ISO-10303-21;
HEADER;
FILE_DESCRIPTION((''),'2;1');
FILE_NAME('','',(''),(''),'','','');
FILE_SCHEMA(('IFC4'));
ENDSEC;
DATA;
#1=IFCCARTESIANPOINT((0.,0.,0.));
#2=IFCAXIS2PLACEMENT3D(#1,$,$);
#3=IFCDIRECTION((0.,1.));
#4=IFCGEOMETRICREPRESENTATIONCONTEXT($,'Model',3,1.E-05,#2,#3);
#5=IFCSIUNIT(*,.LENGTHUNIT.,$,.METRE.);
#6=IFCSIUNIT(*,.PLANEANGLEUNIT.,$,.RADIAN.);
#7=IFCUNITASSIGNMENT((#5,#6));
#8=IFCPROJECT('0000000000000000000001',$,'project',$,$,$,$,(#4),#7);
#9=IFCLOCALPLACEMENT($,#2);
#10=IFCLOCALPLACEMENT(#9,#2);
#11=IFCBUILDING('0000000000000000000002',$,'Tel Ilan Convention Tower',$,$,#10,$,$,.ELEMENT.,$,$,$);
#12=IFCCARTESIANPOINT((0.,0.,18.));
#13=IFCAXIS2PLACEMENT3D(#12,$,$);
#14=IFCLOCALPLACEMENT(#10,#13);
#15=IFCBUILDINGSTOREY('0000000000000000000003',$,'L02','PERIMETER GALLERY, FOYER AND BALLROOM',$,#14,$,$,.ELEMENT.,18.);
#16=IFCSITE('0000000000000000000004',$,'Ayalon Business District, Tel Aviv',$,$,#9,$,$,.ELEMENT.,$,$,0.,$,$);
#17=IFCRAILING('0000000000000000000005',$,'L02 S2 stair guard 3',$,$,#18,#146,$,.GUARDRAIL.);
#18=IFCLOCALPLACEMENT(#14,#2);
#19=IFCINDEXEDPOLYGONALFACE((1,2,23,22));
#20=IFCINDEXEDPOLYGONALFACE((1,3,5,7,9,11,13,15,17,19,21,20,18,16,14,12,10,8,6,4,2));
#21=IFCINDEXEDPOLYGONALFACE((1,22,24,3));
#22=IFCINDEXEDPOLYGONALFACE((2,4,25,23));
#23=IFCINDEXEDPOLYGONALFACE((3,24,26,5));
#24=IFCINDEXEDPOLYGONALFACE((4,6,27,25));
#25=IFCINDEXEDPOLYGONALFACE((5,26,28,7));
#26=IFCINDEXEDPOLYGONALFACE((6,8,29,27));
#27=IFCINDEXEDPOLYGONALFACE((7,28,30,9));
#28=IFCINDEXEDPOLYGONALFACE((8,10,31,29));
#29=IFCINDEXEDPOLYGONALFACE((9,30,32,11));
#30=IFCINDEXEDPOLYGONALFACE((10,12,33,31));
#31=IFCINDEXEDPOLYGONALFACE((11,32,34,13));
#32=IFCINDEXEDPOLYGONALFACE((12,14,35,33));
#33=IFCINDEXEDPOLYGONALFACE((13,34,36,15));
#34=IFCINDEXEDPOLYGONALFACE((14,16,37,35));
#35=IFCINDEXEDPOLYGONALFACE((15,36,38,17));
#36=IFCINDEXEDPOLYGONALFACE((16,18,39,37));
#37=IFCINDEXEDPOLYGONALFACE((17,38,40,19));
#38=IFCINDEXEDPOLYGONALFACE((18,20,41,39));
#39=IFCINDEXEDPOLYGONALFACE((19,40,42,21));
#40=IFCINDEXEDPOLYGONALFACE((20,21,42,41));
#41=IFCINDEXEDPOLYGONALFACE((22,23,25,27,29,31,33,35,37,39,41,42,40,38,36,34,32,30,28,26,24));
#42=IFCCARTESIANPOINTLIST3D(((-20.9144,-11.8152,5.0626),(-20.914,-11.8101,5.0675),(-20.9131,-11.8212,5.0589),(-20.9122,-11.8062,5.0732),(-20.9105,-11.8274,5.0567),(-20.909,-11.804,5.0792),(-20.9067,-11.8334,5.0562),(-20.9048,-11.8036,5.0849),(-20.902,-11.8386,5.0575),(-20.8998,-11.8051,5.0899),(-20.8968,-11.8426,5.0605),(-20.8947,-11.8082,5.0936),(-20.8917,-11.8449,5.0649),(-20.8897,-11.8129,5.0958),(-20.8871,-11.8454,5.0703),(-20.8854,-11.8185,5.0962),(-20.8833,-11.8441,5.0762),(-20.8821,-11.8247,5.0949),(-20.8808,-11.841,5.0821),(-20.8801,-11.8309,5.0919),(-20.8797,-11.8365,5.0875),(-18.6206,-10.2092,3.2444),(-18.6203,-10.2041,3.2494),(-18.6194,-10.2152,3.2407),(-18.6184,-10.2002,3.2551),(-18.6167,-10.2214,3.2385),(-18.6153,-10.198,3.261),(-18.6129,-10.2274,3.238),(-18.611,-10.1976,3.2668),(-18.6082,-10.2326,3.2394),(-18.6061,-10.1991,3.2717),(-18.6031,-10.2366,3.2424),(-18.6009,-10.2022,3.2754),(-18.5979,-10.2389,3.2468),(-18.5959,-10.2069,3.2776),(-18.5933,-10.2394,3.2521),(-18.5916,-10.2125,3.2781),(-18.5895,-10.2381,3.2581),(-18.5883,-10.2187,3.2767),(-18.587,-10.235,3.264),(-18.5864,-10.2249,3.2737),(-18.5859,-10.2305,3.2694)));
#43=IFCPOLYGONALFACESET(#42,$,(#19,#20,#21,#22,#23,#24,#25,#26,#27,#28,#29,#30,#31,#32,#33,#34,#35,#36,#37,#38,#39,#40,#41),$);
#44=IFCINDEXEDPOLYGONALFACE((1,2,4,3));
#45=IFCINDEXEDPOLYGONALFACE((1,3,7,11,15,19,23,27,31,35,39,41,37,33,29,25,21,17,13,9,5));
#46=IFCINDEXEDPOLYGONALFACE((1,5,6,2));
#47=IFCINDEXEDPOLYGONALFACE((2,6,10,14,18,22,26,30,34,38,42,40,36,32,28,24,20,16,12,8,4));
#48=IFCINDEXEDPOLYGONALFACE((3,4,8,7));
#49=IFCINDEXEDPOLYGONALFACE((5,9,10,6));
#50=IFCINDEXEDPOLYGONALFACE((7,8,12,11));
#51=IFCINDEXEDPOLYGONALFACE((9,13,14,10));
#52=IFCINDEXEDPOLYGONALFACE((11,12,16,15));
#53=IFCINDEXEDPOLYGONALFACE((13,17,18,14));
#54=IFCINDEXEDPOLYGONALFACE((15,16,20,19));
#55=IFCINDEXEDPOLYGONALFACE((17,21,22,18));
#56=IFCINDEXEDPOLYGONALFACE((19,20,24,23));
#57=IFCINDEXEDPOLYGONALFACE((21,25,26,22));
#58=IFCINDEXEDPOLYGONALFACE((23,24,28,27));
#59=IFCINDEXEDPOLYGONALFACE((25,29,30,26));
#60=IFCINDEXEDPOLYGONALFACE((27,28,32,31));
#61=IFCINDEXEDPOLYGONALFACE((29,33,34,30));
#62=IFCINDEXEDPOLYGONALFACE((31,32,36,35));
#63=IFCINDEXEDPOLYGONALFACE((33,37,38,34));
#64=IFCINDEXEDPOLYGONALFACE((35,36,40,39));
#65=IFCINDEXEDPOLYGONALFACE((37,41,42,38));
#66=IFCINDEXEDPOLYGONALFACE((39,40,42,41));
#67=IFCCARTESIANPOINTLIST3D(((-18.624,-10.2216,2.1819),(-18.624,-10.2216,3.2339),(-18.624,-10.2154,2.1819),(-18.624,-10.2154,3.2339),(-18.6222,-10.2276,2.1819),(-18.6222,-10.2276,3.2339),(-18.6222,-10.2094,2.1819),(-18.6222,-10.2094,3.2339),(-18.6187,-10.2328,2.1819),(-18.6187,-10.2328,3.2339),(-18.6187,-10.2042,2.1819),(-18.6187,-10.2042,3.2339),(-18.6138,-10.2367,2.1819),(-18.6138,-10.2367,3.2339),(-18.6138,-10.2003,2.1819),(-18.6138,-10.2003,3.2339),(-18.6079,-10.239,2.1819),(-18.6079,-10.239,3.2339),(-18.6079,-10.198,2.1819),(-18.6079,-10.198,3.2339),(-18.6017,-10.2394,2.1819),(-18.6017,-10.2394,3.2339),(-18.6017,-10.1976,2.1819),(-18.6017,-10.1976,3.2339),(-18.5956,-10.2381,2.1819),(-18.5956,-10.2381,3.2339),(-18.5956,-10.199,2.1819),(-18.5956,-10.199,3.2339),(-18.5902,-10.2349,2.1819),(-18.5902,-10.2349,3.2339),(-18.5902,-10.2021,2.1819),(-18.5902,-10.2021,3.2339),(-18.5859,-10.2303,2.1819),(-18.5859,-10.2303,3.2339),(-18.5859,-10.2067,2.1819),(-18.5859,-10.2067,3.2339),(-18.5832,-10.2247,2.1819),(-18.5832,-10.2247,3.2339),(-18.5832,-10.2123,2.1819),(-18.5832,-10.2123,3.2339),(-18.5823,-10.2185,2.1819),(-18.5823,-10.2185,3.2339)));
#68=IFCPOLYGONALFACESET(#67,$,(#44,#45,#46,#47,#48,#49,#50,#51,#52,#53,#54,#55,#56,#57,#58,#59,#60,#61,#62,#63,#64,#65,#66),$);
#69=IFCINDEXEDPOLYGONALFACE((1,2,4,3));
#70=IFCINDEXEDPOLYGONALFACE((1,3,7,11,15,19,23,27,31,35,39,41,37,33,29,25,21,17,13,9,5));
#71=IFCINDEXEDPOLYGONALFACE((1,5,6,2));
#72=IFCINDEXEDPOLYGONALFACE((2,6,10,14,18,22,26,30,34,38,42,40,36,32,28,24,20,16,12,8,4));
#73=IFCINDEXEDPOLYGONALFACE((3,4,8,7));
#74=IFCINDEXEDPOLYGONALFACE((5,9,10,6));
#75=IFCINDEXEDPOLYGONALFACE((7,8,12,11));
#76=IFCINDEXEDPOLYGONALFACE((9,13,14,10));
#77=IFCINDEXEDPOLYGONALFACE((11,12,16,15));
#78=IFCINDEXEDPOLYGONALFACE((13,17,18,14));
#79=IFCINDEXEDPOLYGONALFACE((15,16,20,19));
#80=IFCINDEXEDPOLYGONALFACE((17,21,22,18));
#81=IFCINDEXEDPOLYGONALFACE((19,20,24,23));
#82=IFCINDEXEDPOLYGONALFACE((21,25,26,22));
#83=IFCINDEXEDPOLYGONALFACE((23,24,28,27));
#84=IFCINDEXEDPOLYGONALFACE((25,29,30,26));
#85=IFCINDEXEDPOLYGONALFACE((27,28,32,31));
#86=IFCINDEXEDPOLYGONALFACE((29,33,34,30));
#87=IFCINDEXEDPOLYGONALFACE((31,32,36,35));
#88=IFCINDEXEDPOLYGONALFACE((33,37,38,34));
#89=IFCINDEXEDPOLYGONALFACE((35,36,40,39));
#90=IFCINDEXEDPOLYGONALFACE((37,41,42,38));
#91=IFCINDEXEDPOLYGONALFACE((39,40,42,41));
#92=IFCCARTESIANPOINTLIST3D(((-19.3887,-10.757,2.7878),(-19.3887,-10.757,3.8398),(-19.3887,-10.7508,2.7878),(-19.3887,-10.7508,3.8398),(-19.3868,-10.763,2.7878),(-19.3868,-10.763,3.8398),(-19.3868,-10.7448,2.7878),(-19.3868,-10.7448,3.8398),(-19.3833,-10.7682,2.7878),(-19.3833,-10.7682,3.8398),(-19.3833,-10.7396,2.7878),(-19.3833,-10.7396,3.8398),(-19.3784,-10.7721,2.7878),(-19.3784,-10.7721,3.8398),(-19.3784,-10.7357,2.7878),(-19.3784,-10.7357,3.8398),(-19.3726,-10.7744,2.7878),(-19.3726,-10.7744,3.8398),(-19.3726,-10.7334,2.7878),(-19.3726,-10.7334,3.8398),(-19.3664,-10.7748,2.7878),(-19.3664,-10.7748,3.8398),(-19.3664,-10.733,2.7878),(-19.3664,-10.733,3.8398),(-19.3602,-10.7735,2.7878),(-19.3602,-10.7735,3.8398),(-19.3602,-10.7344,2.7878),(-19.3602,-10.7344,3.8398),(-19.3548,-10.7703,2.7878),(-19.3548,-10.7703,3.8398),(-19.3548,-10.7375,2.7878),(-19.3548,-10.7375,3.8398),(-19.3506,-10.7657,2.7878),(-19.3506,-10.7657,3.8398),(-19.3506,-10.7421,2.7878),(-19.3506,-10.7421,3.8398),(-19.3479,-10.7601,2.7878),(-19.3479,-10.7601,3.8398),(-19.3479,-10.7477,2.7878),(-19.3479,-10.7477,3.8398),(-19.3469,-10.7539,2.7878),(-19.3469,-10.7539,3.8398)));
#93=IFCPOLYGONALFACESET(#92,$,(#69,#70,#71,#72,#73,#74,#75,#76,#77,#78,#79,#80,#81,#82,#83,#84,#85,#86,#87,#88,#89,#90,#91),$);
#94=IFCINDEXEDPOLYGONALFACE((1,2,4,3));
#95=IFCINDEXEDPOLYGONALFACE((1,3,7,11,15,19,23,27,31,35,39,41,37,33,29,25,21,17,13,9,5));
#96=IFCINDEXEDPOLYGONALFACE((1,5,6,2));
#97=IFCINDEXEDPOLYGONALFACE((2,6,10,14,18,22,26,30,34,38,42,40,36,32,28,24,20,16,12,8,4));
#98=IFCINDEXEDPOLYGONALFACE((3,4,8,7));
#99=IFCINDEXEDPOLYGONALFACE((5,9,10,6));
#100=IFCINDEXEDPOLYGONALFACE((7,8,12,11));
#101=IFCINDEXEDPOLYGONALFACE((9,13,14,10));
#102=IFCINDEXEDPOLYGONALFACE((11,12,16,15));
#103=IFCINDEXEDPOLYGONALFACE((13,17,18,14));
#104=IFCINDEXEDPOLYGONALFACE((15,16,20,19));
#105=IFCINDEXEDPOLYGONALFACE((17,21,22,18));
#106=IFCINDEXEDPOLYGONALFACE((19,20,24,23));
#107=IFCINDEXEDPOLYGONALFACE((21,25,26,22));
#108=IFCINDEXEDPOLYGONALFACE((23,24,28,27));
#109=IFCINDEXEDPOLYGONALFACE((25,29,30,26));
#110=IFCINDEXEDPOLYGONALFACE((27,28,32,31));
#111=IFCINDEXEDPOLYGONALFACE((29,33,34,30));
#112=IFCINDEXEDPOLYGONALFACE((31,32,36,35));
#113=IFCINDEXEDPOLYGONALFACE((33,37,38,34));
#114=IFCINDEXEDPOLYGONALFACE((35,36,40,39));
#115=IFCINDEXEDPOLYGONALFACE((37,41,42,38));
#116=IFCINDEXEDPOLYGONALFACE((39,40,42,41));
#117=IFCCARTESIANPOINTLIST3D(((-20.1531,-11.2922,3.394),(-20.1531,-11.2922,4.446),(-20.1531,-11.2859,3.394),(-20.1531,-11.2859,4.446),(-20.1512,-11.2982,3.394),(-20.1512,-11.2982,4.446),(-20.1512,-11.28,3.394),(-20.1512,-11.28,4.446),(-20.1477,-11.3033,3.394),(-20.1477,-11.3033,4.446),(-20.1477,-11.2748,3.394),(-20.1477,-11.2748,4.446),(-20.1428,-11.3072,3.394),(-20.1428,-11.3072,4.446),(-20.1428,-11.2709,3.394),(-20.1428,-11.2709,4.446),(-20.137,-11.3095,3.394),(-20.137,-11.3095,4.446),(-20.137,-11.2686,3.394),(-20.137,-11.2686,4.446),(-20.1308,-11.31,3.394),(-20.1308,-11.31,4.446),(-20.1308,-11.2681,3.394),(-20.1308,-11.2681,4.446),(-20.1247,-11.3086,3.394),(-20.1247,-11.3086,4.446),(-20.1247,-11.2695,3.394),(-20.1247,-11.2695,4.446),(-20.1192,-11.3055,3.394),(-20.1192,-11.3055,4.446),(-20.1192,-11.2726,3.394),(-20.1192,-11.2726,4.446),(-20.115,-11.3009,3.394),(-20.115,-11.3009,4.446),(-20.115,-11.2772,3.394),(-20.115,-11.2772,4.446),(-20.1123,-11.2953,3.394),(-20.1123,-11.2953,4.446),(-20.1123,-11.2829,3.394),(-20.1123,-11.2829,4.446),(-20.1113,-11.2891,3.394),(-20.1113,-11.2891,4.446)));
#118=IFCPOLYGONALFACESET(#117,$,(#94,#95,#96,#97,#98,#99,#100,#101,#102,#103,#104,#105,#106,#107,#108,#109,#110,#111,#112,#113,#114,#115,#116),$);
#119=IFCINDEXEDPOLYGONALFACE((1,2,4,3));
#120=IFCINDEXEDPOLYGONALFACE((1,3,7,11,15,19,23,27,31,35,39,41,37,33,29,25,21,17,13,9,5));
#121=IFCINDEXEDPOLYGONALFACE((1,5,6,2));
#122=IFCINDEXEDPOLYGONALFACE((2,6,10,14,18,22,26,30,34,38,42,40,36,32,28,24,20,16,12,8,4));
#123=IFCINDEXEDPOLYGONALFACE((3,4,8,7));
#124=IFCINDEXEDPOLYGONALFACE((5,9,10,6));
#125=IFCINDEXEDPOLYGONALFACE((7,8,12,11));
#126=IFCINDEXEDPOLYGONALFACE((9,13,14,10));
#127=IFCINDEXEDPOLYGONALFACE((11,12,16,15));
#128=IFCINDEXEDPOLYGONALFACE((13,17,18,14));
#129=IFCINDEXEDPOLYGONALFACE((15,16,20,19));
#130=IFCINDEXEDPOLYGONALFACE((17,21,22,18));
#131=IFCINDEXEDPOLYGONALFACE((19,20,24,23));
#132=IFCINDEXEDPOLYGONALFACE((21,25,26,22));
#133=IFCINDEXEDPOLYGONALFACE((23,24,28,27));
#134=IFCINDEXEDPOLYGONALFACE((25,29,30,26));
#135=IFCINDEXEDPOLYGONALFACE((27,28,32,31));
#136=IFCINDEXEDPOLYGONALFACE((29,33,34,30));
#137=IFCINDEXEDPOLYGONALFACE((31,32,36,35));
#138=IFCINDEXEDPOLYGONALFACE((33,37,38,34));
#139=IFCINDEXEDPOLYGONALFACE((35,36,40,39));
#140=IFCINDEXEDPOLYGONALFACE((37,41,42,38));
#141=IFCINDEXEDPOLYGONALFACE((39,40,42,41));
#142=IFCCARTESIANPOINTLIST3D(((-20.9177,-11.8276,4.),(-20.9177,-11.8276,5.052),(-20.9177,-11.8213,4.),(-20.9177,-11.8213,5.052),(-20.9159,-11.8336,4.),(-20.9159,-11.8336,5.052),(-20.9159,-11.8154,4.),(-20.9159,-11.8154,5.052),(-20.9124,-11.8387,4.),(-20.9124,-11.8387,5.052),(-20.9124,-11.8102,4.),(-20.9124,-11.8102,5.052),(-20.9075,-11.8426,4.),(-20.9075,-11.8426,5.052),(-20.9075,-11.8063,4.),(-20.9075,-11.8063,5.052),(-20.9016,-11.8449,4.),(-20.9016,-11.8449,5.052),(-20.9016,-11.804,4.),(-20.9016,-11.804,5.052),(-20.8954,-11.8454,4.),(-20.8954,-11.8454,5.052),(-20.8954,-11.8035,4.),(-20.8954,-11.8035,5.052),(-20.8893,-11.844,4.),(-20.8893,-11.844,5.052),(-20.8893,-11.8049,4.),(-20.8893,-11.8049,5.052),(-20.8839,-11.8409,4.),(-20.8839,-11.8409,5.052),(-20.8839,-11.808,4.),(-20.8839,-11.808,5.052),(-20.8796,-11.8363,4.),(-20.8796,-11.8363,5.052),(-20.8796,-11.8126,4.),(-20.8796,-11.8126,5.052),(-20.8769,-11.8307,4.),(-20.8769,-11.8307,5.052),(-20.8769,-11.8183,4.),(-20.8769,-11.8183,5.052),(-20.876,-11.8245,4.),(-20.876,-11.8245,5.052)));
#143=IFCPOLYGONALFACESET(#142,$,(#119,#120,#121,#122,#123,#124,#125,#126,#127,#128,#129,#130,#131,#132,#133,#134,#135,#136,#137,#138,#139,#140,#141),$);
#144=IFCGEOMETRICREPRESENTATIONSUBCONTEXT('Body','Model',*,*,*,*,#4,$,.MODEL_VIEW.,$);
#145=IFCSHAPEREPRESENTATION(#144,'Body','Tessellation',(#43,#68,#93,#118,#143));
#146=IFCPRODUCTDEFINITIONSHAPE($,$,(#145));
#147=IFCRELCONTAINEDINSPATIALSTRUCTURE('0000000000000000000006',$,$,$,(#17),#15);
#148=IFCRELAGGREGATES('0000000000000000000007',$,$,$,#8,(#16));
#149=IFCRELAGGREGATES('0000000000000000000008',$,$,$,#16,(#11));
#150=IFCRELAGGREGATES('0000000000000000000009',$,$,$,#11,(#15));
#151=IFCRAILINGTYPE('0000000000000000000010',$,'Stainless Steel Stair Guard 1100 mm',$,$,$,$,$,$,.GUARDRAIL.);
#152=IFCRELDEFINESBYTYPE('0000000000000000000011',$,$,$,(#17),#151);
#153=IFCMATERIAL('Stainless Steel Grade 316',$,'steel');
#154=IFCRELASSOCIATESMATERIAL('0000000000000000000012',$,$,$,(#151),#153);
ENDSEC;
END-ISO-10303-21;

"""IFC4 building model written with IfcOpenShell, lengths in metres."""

from ifc_helpers import new_model, si_unit, direction, frame, origin, origin_2d, place, context, subcontext, project, spatial, circle, extrude, material, type_object, element, save


model = new_model("IFC4")

# Units and contexts
model_context = context("Model", 3, precision=1e-05, world=origin(), true_north=direction((0.0, 1.0)))
body_context = subcontext(model_context, "Body", "Model", "MODEL_VIEW")
ifc_project = project(units=[si_unit("LENGTHUNIT", "METRE"), si_unit("PLANEANGLEUNIT", "RADIAN")], contexts=[model_context])

# Site, building, storey
site_placement = place(None, origin())
site = spatial("IfcSite", under=ifc_project, at=site_placement, Name="Ayalon Business District, Tel Aviv", CompositionType="ELEMENT", RefElevation=0.0)
building_placement = place(site_placement, origin())
building = spatial("IfcBuilding", under=site, at=building_placement, Name="Tel Ilan Convention Tower", CompositionType="ELEMENT")
storey_placement = place(building_placement, frame((0.0, 0.0, 18.0)))
storey = spatial("IfcBuildingStorey", under=building, at=storey_placement, Name="L02", Description="PERIMETER GALLERY, FOYER AND BALLROOM", CompositionType="ELEMENT", Elevation=18.0)

# Railing
ifc_material_1 = material(Name="Stainless Steel Grade 316", Category="steel")
railing_type_1 = type_object("IfcRailingType", Name="Stainless Steel Stair Guard 1100 mm", PredefinedType="GUARDRAIL", material=ifc_material_1)
railing_1_placement = place(storey_placement, frame((-18.6033, -10.2185, 2.1819)))
element("IfcRailing", 1, at=railing_1_placement, inside=storey, type_object=railing_type_1, Name="L02 S2 stair guard 3", PredefinedType="GUARDRAIL", context=body_context, shape_type="SweptSolid", body=[
    extrude(circle(Radius=0.0239, at=origin_2d()), frame((0.0, 0.0, 1.0762), z_axis=(-0.687042, -0.481039, 0.544587), x_axis=(0.57355, -0.81917, 0.0)), (0.0, 0.0, 1.0), 3.3386),
    extrude(circle(Radius=0.021, at=origin_2d()), origin(), (0.0, 0.0, 1.0), 1.052),
    extrude(circle(Radius=0.021, at=origin_2d()), frame((-0.7646, -0.5354, 0.606)), (0.0, 0.0, 1.0), 1.052),
    extrude(circle(Radius=0.021, at=origin_2d()), frame((-1.5291, -1.0706, 1.2122)), (0.0, 0.0, 1.0), 1.052),
    extrude(circle(Radius=0.021, at=origin_2d()), frame((-2.2937, -1.606, 1.8181)), (0.0, 0.0, 1.0), 1.052),
])

save(model, "model.ifc")
